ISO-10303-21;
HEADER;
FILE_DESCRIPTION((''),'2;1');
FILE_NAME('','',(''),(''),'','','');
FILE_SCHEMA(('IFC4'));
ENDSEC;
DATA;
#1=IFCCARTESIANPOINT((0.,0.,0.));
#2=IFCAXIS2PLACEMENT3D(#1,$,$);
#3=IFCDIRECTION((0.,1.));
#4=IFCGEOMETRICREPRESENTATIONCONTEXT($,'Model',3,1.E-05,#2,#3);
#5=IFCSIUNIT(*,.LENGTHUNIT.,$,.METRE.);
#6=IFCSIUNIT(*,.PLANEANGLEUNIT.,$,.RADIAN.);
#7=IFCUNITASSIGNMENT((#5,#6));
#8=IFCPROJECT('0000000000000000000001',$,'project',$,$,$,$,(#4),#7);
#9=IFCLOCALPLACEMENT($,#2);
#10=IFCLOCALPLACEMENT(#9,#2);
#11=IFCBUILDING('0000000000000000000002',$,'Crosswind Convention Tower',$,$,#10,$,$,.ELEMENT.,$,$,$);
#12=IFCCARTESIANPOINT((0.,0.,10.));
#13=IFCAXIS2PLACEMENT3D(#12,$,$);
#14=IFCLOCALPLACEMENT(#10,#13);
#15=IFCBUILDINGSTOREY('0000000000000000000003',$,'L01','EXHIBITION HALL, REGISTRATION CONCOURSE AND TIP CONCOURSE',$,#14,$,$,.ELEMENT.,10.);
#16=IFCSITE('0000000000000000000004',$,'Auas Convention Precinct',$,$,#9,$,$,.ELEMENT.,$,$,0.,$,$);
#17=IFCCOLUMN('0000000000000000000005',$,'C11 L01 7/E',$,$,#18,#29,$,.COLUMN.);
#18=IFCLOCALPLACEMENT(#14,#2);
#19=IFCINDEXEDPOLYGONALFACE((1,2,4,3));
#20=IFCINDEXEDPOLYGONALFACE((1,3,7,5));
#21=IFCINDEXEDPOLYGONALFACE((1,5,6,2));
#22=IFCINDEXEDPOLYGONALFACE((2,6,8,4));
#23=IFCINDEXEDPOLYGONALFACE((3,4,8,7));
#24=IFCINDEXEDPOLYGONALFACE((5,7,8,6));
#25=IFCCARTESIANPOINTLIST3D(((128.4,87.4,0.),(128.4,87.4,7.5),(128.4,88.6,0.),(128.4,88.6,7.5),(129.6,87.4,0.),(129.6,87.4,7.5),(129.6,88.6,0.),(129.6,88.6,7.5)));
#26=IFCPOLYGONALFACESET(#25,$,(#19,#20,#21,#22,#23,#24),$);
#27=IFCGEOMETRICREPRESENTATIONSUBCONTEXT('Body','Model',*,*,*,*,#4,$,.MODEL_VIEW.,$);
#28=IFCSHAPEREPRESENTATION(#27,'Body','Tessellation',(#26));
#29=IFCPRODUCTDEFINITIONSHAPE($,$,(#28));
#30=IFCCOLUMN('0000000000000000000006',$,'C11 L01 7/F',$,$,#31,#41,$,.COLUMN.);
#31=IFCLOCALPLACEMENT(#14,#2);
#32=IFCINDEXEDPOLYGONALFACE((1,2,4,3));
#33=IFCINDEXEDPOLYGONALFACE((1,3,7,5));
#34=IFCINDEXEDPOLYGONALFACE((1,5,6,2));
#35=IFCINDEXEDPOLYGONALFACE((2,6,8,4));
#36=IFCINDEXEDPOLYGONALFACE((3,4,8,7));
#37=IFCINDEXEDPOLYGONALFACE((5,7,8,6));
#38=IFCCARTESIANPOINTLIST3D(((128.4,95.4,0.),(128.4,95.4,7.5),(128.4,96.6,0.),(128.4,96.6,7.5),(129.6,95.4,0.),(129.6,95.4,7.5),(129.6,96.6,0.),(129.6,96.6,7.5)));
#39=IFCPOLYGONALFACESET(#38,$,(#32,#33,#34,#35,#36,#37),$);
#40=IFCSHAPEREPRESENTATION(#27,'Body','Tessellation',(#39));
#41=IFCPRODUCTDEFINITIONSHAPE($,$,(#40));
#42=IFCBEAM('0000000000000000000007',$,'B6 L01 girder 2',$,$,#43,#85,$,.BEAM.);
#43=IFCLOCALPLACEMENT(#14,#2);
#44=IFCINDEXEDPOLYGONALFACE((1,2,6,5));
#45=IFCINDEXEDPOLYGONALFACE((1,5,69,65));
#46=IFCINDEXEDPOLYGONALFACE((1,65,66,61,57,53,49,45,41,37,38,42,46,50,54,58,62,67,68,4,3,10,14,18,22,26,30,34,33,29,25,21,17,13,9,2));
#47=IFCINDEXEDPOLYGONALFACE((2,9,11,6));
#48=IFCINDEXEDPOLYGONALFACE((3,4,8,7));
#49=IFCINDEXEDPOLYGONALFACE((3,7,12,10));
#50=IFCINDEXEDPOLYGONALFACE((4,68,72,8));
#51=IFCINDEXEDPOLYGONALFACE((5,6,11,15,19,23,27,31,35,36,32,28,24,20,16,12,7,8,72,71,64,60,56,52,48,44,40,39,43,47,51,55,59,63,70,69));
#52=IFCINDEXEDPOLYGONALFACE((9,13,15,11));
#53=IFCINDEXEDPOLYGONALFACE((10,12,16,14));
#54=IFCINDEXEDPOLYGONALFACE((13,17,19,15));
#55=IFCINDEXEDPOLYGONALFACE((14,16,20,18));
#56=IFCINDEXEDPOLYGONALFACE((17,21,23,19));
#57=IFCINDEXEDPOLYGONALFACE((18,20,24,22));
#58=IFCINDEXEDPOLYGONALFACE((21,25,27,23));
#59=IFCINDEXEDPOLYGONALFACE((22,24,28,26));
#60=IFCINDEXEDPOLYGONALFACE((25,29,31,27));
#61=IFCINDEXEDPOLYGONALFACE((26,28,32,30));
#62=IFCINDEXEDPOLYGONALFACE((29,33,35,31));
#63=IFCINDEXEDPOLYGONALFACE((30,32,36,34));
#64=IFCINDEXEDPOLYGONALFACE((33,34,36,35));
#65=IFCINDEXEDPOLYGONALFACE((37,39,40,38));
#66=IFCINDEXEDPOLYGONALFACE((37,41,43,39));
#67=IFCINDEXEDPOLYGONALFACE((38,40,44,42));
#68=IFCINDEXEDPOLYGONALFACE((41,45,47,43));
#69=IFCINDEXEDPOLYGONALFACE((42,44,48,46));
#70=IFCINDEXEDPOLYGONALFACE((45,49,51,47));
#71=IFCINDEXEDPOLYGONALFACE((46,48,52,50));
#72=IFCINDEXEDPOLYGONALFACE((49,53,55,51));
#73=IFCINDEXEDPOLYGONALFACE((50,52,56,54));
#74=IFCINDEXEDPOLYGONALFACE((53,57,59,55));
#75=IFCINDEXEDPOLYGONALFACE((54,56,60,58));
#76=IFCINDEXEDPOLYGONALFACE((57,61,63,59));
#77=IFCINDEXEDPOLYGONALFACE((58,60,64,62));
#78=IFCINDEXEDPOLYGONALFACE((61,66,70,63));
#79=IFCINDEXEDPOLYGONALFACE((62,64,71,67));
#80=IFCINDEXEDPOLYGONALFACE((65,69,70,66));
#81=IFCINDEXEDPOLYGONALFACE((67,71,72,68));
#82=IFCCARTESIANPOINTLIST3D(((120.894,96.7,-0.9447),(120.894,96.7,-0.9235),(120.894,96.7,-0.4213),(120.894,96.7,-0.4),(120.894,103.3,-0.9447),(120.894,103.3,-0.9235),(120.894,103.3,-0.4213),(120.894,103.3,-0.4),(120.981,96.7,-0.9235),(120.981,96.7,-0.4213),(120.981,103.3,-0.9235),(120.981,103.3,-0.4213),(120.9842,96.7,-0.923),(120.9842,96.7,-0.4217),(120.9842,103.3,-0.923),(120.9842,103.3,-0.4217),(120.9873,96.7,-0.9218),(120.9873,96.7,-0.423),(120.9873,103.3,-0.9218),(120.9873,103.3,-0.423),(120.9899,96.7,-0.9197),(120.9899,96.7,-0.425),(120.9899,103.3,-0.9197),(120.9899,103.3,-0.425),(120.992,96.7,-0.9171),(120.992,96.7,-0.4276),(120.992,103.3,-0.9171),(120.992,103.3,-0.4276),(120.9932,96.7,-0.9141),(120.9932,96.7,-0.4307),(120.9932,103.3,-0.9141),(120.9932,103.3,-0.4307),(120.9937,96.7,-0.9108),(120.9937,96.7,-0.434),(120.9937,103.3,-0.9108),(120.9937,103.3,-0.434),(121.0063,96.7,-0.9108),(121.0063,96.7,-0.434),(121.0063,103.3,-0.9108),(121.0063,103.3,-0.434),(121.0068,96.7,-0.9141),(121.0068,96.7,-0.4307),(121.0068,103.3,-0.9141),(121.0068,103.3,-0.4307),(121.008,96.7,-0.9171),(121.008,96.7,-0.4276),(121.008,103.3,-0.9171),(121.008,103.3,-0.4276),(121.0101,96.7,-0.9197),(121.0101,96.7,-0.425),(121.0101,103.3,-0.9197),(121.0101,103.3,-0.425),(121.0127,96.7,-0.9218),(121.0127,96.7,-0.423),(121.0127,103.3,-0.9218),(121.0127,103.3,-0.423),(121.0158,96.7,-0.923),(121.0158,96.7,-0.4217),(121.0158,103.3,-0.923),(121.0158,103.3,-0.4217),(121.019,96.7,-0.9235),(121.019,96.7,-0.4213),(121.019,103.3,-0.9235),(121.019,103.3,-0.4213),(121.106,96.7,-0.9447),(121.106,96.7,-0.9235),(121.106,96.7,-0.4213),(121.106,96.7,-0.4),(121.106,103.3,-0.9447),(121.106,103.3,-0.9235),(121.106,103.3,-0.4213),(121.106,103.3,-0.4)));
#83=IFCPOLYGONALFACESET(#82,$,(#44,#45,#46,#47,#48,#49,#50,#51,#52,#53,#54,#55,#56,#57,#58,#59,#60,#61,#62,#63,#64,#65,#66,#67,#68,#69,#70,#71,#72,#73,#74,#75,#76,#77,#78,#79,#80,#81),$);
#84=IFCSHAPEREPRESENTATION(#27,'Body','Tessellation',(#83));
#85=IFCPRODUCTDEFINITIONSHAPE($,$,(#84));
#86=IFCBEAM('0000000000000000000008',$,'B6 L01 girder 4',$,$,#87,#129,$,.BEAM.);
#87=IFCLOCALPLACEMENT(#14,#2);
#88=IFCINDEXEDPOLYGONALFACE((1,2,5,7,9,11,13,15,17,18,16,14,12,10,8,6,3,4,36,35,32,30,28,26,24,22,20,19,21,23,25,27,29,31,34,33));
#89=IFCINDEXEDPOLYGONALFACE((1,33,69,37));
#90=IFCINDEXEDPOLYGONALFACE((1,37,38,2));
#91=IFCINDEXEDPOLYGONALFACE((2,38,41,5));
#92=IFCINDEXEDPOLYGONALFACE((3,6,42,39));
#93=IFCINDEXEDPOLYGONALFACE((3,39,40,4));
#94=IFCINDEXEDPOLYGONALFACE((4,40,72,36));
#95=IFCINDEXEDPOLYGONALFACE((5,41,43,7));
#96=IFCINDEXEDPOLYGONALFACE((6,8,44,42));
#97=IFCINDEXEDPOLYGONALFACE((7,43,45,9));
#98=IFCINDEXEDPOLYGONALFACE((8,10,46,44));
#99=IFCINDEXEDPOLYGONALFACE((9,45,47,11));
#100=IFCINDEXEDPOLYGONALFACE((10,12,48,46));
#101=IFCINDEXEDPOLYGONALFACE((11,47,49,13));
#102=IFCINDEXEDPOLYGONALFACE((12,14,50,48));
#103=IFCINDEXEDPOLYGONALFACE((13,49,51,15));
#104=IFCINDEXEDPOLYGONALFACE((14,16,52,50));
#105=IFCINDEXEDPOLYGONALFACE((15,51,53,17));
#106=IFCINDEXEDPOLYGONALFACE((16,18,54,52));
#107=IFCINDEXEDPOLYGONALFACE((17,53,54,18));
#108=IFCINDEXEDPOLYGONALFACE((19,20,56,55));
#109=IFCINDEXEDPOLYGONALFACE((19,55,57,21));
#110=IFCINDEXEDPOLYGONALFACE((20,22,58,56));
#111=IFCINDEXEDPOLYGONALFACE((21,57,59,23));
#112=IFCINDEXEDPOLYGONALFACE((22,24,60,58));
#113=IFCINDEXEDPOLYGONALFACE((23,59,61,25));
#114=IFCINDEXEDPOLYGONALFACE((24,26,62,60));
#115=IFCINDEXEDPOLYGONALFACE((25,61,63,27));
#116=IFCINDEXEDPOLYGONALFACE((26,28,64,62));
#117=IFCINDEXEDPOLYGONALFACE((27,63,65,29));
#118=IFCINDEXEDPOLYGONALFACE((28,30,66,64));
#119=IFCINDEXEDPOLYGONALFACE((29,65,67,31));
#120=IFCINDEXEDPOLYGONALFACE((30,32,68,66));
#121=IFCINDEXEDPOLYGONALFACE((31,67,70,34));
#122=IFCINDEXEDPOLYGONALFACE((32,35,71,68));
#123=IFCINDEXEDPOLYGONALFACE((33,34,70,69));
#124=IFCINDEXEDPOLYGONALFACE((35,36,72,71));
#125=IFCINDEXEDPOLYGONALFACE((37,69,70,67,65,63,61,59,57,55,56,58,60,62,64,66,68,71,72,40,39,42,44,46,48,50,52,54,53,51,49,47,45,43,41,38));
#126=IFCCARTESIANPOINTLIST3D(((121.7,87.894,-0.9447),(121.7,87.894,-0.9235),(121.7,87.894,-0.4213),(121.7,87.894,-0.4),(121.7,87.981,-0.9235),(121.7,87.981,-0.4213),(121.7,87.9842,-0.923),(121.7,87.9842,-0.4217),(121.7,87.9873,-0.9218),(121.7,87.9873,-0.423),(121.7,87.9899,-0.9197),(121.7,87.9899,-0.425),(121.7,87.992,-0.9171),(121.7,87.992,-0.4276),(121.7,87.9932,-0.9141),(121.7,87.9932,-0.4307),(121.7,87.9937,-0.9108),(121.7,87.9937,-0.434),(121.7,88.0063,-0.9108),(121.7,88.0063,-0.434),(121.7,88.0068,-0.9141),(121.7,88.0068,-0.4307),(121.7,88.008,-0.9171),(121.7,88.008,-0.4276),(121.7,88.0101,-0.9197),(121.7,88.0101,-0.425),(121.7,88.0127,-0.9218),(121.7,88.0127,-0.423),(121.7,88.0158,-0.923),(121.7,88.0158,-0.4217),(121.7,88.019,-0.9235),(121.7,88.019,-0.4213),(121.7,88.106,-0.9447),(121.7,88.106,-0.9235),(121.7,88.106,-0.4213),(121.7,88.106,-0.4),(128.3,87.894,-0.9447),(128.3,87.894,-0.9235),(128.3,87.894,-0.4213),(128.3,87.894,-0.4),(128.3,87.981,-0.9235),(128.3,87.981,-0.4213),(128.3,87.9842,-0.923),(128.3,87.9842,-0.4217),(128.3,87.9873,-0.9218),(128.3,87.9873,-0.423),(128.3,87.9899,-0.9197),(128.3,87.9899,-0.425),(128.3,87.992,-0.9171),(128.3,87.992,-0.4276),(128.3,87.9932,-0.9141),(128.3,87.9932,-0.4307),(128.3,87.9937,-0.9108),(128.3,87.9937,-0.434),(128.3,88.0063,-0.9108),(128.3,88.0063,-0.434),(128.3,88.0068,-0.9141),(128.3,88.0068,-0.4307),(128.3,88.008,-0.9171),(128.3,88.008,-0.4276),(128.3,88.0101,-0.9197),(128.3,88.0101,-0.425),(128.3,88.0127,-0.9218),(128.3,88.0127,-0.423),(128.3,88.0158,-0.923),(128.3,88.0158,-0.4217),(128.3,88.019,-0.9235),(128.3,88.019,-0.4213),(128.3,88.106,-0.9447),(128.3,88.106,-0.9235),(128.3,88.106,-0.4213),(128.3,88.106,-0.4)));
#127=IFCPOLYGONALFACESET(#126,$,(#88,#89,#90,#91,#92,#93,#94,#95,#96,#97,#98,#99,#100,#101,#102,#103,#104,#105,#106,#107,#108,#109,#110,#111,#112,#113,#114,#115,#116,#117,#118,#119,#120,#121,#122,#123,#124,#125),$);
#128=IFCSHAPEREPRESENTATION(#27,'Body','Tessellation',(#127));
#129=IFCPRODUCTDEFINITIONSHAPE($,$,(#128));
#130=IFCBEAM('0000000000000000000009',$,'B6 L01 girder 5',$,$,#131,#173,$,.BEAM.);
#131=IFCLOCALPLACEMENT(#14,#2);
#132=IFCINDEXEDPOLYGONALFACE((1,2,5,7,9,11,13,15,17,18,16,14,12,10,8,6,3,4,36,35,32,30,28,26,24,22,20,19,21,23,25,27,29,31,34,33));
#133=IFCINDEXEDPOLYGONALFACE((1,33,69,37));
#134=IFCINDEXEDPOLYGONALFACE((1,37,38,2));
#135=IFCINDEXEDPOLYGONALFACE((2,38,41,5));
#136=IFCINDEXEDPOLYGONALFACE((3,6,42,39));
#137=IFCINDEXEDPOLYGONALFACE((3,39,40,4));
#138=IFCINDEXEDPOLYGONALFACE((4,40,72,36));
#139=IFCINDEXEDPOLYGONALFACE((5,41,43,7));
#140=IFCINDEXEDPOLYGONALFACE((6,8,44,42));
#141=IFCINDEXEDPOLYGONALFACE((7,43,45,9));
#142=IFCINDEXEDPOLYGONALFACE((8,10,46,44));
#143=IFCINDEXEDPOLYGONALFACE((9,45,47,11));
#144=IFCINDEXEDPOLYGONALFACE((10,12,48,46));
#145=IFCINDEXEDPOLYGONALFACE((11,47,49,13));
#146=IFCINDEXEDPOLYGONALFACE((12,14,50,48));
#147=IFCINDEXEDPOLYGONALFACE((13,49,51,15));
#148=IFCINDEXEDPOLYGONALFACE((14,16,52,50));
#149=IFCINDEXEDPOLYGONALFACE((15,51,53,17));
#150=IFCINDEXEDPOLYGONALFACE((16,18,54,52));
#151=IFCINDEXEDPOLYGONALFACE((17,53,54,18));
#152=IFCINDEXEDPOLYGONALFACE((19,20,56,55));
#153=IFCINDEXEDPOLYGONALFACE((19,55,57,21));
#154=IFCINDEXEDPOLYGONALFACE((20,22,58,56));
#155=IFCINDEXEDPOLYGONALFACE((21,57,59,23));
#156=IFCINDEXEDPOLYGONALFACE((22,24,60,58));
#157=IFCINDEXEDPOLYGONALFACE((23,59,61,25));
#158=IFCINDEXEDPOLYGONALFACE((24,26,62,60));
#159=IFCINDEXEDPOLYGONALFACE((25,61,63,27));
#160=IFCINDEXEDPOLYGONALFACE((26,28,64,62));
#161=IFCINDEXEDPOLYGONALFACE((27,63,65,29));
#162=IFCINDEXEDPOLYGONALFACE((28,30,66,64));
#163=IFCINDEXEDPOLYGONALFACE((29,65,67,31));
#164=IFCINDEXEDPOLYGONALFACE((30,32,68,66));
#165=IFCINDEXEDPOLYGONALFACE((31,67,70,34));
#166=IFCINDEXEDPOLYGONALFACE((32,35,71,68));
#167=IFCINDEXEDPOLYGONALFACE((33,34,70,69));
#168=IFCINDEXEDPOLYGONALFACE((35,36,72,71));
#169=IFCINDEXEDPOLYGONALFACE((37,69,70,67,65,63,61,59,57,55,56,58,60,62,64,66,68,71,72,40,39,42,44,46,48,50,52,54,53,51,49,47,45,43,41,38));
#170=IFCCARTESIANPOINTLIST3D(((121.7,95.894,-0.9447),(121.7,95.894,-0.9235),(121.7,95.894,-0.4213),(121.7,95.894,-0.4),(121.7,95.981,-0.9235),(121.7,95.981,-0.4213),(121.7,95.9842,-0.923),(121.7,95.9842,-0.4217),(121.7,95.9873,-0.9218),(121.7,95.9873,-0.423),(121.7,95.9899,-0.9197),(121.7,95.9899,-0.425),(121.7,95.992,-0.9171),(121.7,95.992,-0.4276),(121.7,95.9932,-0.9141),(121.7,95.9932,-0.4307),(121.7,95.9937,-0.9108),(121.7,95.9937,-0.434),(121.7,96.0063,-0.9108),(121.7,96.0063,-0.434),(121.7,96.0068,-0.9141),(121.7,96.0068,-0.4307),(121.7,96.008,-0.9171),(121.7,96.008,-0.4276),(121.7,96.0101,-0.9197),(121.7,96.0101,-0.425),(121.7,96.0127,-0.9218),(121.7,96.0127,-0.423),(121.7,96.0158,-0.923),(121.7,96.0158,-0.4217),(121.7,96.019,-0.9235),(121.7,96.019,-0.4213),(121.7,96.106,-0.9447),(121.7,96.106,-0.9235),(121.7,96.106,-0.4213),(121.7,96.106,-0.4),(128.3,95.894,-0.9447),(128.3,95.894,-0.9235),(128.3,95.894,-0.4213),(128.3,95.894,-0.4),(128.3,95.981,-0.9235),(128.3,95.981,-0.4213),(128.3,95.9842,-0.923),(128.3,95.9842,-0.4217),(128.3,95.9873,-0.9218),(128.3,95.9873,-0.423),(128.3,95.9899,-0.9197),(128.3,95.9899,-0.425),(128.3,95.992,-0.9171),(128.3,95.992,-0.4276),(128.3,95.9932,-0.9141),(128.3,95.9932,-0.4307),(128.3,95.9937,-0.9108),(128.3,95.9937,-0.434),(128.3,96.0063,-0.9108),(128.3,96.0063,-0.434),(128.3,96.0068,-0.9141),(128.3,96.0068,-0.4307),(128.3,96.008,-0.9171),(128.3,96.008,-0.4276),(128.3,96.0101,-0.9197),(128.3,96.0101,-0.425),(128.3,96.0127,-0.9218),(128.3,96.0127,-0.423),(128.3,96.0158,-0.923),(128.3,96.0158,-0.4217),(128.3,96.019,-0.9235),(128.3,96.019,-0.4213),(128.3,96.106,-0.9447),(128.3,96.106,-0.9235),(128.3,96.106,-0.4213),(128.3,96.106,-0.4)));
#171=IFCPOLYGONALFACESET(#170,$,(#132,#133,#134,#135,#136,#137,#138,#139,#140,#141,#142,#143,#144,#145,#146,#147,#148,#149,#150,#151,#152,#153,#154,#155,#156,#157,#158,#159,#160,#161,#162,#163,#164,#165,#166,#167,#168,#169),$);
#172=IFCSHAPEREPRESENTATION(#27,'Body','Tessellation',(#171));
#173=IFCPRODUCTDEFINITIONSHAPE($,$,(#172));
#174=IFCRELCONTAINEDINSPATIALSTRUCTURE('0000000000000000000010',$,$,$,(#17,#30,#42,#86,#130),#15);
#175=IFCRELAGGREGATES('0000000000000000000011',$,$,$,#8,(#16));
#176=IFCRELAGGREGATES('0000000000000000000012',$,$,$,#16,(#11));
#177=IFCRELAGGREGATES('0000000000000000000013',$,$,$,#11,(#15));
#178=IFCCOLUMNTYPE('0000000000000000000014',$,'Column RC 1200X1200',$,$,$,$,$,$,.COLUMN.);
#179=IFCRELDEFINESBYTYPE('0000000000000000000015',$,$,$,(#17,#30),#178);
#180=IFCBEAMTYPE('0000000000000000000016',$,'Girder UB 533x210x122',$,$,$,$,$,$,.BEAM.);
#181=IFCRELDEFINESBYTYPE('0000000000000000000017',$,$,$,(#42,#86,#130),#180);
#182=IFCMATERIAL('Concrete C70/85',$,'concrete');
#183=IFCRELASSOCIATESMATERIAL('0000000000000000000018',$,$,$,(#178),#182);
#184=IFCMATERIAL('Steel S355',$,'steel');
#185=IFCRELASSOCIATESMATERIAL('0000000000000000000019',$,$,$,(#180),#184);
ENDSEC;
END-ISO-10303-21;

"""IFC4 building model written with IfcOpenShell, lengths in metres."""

from ifc_helpers import new_model, si_unit, direction, frame, origin, origin_2d, place, context, subcontext, project, spatial, rectangle, i_section, extrude, material, material_profile, profile_set, type_object, element, save


model = new_model("IFC4")

# Units and contexts
model_context = context("Model", 3, precision=1e-05, world=origin(), true_north=direction((0.0, 1.0)))
body_context = subcontext(model_context, "Body", "Model", "MODEL_VIEW")
ifc_project = project(units=[si_unit("LENGTHUNIT", "METRE"), si_unit("PLANEANGLEUNIT", "RADIAN")], contexts=[model_context])

# Site, building, storey
site_placement = place(None, origin())
site = spatial("IfcSite", under=ifc_project, at=site_placement, Name="Auas Convention Precinct", CompositionType="ELEMENT", RefElevation=0.0)
building_placement = place(site_placement, origin())
building = spatial("IfcBuilding", under=site, at=building_placement, Name="Crosswind Convention Tower", CompositionType="ELEMENT")
storey_placement = place(building_placement, frame((0.0, 0.0, 10.0)))
storey = spatial("IfcBuildingStorey", under=building, at=storey_placement, Name="L01", Description="EXHIBITION HALL, REGISTRATION CONCOURSE AND TIP CONCOURSE", CompositionType="ELEMENT", Elevation=10.0)

# Columns
ifc_material_1 = material(Name="Concrete C70/85", Category="concrete")
ifc_material_profile_1 = material_profile(ifc_material_1, rectangle(XDim=1.2, YDim=1.2, at=origin_2d()), Name="RC 1200X1200")
ifc_profile_set_1 = profile_set([ifc_material_profile_1], Name="Concrete C70/85")
column_type = type_object("IfcColumnType", Name="Column RC 1200X1200", PredefinedType="COLUMN", material=ifc_profile_set_1)
for number, where, z_axis, x_axis, name in (
    (1, (129.0, 88.0, 0.0), (0.0, 0.0, 1.0), (1.0, 0.0, 0.0), "C11 L01 7/E"),
    (2, (129.0, 96.0, 0.0), (0.0, 0.0, 1.0), (1.0, 0.0, 0.0), "C11 L01 7/F"),
):
    element("IfcColumn", number, at=place(storey_placement, frame(where, z_axis=z_axis, x_axis=x_axis)), inside=storey, type_object=column_type, Name=name, PredefinedType="COLUMN", context=body_context, shape_type="SweptSolid", body=[
        extrude(rectangle(XDim=1.2, YDim=1.2, at=origin_2d()), origin(), (0.0, 0.0, 1.0), 7.5),
    ])

# Beams
ifc_material_2 = material(Name="Steel S355", Category="steel")
ifc_material_profile_2 = material_profile(ifc_material_2, i_section(OverallWidth=0.2119, OverallDepth=0.5447, WebThickness=0.0127, FlangeThickness=0.0212, FilletRadius=0.0127, at=origin_2d()), Name="UB 533x210x122")
ifc_profile_set_2 = profile_set([ifc_material_profile_2], Name="Steel S355")
beam_type_1 = type_object("IfcBeamType", Name="Girder UB 533x210x122", PredefinedType="BEAM", material=ifc_profile_set_2)
for number, where, z_axis, x_axis, name in (
    (3, (121.0, 96.7, -0.6724), (0.0, 1.0, 0.0), (-1.0, 0.0, 0.0), "B6 L01 girder 2"),
    (4, (121.7, 88.0, -0.6724), (1.0, 0.0, 0.0), (0.0, 1.0, 0.0), "B6 L01 girder 4"),
    (5, (121.7, 96.0, -0.6724), (1.0, 0.0, 0.0), (0.0, 1.0, 0.0), "B6 L01 girder 5"),
):
    element("IfcBeam", number, at=place(storey_placement, frame(where, z_axis=z_axis, x_axis=x_axis)), inside=storey, type_object=beam_type_1, Name=name, PredefinedType="BEAM", context=body_context, shape_type="SweptSolid", body=[
        extrude(i_section(OverallWidth=0.2119, OverallDepth=0.5447, WebThickness=0.0127, FlangeThickness=0.0212, FilletRadius=0.0127, at=origin_2d()), origin(), (0.0, 0.0, 1.0), 6.6001),
    ])

save(model, "model.ifc")
